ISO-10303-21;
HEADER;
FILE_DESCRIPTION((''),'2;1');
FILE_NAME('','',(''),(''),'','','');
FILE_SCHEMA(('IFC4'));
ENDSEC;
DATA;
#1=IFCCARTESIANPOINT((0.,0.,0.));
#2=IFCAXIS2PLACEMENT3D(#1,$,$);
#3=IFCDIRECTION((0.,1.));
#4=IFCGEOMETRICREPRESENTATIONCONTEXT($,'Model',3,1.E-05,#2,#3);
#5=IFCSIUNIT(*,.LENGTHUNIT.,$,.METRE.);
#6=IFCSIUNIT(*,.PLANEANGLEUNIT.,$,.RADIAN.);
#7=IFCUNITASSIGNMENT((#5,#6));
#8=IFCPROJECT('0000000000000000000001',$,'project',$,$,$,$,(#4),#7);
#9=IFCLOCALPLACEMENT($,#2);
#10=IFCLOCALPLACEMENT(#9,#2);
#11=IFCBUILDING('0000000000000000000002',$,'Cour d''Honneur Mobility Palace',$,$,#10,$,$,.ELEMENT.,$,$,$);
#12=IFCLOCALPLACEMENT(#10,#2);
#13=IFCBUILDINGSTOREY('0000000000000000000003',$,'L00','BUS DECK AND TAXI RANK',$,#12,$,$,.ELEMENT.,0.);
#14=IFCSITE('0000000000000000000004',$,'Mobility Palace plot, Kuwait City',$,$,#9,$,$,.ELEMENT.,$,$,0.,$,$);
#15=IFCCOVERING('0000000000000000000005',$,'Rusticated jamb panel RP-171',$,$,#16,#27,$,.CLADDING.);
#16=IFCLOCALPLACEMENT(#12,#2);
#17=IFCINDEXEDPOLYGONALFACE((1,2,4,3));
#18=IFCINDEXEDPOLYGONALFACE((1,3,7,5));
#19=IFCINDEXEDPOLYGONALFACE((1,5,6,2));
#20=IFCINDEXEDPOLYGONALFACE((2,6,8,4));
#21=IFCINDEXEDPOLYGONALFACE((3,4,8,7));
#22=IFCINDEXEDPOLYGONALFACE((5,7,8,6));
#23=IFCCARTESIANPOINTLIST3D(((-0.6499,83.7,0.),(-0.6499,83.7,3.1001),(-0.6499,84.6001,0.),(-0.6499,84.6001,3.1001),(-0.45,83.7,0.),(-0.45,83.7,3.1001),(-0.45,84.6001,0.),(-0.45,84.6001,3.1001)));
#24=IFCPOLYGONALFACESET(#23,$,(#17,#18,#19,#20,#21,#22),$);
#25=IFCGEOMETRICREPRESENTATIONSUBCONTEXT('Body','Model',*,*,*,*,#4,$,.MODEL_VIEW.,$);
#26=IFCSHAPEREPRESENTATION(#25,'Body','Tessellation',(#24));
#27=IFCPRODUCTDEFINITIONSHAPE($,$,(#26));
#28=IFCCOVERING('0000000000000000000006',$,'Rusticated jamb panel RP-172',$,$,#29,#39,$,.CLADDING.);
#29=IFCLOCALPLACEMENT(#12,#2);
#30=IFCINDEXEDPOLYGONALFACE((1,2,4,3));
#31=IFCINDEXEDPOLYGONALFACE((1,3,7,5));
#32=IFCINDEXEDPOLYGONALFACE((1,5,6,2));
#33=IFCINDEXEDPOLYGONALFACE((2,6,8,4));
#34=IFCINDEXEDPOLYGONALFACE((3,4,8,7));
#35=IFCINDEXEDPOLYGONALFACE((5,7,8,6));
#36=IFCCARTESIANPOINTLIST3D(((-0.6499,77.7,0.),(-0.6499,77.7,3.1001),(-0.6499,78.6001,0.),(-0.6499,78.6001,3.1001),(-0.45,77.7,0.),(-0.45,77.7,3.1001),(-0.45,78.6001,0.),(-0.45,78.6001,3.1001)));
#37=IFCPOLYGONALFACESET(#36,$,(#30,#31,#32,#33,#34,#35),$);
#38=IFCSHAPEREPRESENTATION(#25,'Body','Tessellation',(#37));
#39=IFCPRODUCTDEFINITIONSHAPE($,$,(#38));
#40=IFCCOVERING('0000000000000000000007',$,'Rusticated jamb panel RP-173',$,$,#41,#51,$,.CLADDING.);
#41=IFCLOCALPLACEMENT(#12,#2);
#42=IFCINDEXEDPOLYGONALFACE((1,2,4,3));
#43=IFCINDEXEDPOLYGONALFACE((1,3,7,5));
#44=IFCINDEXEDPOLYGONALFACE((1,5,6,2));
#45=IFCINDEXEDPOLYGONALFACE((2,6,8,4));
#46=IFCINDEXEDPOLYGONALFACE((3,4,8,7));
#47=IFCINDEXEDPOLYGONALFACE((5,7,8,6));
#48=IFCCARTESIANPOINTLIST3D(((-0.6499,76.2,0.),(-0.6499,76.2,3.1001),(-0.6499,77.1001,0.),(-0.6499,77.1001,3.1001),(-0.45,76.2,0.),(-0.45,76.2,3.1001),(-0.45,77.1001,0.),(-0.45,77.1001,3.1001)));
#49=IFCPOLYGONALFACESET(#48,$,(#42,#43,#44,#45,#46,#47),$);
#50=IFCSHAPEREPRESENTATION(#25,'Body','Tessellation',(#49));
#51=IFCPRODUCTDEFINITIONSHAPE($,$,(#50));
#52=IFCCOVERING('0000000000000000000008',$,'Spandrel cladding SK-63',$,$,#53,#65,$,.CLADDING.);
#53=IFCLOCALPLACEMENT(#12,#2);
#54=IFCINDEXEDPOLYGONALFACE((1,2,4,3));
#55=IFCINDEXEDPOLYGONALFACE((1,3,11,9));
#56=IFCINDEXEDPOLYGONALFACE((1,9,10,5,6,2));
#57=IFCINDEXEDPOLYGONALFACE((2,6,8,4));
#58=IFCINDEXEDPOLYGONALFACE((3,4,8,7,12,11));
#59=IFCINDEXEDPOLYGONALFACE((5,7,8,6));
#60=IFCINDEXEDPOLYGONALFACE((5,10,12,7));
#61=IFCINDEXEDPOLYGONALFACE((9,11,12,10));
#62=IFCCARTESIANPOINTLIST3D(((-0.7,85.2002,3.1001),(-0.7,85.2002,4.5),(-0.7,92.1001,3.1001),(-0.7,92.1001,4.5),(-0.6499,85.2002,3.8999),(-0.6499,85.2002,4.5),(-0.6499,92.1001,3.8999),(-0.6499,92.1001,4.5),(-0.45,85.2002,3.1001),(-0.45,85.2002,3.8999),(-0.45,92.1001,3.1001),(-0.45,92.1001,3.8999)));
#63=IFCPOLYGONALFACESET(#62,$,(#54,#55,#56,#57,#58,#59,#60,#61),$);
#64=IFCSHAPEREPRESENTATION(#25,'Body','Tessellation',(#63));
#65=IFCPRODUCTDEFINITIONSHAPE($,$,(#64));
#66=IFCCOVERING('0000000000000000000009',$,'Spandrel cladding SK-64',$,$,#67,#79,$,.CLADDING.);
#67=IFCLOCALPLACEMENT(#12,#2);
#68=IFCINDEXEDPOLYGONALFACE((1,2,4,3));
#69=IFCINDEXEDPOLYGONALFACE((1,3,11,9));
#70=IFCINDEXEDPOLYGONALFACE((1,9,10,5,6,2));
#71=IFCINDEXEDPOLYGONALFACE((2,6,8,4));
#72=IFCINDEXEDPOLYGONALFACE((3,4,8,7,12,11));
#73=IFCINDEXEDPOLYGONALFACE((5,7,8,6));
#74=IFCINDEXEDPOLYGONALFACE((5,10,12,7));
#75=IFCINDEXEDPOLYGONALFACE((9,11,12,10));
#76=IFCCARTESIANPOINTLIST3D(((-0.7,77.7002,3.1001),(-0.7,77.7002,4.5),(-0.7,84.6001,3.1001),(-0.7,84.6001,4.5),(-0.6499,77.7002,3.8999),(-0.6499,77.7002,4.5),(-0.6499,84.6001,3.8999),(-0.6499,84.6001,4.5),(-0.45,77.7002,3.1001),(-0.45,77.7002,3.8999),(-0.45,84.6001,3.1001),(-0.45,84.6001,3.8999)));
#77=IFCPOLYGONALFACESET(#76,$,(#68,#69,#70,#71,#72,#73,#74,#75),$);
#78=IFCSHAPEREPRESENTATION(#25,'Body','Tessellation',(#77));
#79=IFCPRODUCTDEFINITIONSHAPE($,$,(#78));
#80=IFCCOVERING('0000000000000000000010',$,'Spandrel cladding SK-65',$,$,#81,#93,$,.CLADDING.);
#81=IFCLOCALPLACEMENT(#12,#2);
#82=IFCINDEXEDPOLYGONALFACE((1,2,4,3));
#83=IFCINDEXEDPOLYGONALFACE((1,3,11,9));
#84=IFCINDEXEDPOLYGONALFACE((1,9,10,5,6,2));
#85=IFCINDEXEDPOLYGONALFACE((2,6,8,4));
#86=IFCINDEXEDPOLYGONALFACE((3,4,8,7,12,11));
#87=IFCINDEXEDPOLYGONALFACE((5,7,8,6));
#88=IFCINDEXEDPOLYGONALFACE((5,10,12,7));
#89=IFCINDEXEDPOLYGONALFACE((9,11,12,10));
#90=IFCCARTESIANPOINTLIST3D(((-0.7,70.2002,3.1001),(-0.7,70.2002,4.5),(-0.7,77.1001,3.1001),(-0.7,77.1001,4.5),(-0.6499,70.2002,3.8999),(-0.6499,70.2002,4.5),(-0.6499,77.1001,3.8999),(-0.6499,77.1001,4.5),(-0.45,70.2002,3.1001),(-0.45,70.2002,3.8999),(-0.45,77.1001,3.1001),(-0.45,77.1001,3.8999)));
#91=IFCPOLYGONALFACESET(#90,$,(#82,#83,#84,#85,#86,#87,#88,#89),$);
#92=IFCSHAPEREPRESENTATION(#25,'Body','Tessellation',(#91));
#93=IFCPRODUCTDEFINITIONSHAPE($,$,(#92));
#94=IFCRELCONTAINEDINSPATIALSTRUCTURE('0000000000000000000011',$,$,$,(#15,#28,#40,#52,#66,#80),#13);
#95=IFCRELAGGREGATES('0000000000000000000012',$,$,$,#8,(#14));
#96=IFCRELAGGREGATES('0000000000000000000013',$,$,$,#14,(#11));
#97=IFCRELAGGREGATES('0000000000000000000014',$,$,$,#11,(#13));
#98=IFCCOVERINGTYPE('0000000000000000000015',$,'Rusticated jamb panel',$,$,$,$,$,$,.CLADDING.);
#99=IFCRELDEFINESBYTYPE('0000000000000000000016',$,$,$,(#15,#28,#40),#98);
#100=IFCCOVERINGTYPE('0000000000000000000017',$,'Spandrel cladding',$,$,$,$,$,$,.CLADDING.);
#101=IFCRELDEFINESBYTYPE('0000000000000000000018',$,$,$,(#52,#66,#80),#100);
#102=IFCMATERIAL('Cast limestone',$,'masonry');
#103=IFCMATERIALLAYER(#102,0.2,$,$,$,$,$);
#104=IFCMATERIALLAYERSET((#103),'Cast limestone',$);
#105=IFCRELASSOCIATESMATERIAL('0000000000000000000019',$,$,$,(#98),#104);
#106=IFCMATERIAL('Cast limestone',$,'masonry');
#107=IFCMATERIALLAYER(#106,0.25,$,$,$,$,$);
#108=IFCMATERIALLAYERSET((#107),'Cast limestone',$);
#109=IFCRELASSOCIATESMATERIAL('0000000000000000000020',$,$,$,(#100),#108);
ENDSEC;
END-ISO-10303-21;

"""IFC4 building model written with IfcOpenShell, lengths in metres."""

from ifc_helpers import new_model, si_unit, direction, frame, origin, place, context, subcontext, project, spatial, polyline, outline, extrude, material, layer, layer_set, type_object, element, save


model = new_model("IFC4")

# Units and contexts
model_context = context("Model", 3, precision=1e-05, world=origin(), true_north=direction((0.0, 1.0)))
body_context = subcontext(model_context, "Body", "Model", "MODEL_VIEW")
ifc_project = project(units=[si_unit("LENGTHUNIT", "METRE"), si_unit("PLANEANGLEUNIT", "RADIAN")], contexts=[model_context])

# Site, building, storey
site_placement = place(None, origin())
site = spatial("IfcSite", under=ifc_project, at=site_placement, Name="Mobility Palace plot, Kuwait City", CompositionType="ELEMENT", RefElevation=0.0)
building_placement = place(site_placement, origin())
building = spatial("IfcBuilding", under=site, at=building_placement, Name="Cour d'Honneur Mobility Palace", CompositionType="ELEMENT")
storey_placement = place(building_placement, origin())
storey = spatial("IfcBuildingStorey", under=building, at=storey_placement, Name="L00", Description="BUS DECK AND TAXI RANK", CompositionType="ELEMENT", Elevation=0.0)

# Coverings
ifc_material_1 = material(Name="Cast limestone", Category="masonry")
ifc_layer_1 = layer(ifc_material_1, 0.2)
ifc_layer_set_1 = layer_set([ifc_layer_1], Name="Cast limestone")
covering_type_1 = type_object("IfcCoveringType", Name="Rusticated jamb panel", PredefinedType="CLADDING", material=ifc_layer_set_1)
for number, where, z_axis, x_axis, name in (
    (1, (-0.6499, 84.6001, 0.0), (-1.0, 0.0, 0.0), (0.0, -1.0, 0.0), "Rusticated jamb panel RP-171"),
    (2, (-0.6499, 78.6001, 0.0), (-1.0, 0.0, 0.0), (0.0, -1.0, 0.0), "Rusticated jamb panel RP-172"),
    (3, (-0.6499, 77.1001, 0.0), (-1.0, 0.0, 0.0), (0.0, -1.0, 0.0), "Rusticated jamb panel RP-173"),
):
    element("IfcCovering", number, at=place(storey_placement, frame(where, z_axis=z_axis, x_axis=x_axis)), inside=storey, type_object=covering_type_1, Name=name, PredefinedType="CLADDING", context=body_context, shape_type="SweptSolid", body=[
        extrude(outline(polyline([(0.0, 0.0), (0.9001, 0.0), (0.9001, 3.1001), (0.0, 3.1001), (0.0, 0.0)])), origin(), (0.0, 0.0, -1.0), 0.2),
    ])
ifc_material_2 = material(Name="Cast limestone", Category="masonry")
ifc_layer_2 = layer(ifc_material_2, 0.25)
ifc_layer_set_2 = layer_set([ifc_layer_2], Name="Cast limestone")
covering_type_2 = type_object("IfcCoveringType", Name="Spandrel cladding", PredefinedType="CLADDING", material=ifc_layer_set_2)
for number, where, z_axis, x_axis, name in (
    (4, (-0.45, 92.1001, 3.1001), (0.0, 1.0, 0.0), (-1.0, 0.0, 0.0), "Spandrel cladding SK-63"),
    (5, (-0.45, 84.6001, 3.1001), (0.0, 1.0, 0.0), (-1.0, 0.0, 0.0), "Spandrel cladding SK-64"),
    (6, (-0.45, 77.1001, 3.1001), (0.0, 1.0, 0.0), (-1.0, 0.0, 0.0), "Spandrel cladding SK-65"),
):
    element("IfcCovering", number, at=place(storey_placement, frame(where, z_axis=z_axis, x_axis=x_axis)), inside=storey, type_object=covering_type_2, Name=name, PredefinedType="CLADDING", context=body_context, shape_type="SweptSolid", body=[
        extrude(outline(polyline([(0.0, 0.0), (0.25, 0.0), (0.25, 1.3999), (0.2, 1.3999), (0.2, 0.7998), (0.0, 0.7998), (0.0, 0.0)])), origin(), (0.0, 0.0, -1.0), 6.8999),
    ])

save(model, "model.ifc")
